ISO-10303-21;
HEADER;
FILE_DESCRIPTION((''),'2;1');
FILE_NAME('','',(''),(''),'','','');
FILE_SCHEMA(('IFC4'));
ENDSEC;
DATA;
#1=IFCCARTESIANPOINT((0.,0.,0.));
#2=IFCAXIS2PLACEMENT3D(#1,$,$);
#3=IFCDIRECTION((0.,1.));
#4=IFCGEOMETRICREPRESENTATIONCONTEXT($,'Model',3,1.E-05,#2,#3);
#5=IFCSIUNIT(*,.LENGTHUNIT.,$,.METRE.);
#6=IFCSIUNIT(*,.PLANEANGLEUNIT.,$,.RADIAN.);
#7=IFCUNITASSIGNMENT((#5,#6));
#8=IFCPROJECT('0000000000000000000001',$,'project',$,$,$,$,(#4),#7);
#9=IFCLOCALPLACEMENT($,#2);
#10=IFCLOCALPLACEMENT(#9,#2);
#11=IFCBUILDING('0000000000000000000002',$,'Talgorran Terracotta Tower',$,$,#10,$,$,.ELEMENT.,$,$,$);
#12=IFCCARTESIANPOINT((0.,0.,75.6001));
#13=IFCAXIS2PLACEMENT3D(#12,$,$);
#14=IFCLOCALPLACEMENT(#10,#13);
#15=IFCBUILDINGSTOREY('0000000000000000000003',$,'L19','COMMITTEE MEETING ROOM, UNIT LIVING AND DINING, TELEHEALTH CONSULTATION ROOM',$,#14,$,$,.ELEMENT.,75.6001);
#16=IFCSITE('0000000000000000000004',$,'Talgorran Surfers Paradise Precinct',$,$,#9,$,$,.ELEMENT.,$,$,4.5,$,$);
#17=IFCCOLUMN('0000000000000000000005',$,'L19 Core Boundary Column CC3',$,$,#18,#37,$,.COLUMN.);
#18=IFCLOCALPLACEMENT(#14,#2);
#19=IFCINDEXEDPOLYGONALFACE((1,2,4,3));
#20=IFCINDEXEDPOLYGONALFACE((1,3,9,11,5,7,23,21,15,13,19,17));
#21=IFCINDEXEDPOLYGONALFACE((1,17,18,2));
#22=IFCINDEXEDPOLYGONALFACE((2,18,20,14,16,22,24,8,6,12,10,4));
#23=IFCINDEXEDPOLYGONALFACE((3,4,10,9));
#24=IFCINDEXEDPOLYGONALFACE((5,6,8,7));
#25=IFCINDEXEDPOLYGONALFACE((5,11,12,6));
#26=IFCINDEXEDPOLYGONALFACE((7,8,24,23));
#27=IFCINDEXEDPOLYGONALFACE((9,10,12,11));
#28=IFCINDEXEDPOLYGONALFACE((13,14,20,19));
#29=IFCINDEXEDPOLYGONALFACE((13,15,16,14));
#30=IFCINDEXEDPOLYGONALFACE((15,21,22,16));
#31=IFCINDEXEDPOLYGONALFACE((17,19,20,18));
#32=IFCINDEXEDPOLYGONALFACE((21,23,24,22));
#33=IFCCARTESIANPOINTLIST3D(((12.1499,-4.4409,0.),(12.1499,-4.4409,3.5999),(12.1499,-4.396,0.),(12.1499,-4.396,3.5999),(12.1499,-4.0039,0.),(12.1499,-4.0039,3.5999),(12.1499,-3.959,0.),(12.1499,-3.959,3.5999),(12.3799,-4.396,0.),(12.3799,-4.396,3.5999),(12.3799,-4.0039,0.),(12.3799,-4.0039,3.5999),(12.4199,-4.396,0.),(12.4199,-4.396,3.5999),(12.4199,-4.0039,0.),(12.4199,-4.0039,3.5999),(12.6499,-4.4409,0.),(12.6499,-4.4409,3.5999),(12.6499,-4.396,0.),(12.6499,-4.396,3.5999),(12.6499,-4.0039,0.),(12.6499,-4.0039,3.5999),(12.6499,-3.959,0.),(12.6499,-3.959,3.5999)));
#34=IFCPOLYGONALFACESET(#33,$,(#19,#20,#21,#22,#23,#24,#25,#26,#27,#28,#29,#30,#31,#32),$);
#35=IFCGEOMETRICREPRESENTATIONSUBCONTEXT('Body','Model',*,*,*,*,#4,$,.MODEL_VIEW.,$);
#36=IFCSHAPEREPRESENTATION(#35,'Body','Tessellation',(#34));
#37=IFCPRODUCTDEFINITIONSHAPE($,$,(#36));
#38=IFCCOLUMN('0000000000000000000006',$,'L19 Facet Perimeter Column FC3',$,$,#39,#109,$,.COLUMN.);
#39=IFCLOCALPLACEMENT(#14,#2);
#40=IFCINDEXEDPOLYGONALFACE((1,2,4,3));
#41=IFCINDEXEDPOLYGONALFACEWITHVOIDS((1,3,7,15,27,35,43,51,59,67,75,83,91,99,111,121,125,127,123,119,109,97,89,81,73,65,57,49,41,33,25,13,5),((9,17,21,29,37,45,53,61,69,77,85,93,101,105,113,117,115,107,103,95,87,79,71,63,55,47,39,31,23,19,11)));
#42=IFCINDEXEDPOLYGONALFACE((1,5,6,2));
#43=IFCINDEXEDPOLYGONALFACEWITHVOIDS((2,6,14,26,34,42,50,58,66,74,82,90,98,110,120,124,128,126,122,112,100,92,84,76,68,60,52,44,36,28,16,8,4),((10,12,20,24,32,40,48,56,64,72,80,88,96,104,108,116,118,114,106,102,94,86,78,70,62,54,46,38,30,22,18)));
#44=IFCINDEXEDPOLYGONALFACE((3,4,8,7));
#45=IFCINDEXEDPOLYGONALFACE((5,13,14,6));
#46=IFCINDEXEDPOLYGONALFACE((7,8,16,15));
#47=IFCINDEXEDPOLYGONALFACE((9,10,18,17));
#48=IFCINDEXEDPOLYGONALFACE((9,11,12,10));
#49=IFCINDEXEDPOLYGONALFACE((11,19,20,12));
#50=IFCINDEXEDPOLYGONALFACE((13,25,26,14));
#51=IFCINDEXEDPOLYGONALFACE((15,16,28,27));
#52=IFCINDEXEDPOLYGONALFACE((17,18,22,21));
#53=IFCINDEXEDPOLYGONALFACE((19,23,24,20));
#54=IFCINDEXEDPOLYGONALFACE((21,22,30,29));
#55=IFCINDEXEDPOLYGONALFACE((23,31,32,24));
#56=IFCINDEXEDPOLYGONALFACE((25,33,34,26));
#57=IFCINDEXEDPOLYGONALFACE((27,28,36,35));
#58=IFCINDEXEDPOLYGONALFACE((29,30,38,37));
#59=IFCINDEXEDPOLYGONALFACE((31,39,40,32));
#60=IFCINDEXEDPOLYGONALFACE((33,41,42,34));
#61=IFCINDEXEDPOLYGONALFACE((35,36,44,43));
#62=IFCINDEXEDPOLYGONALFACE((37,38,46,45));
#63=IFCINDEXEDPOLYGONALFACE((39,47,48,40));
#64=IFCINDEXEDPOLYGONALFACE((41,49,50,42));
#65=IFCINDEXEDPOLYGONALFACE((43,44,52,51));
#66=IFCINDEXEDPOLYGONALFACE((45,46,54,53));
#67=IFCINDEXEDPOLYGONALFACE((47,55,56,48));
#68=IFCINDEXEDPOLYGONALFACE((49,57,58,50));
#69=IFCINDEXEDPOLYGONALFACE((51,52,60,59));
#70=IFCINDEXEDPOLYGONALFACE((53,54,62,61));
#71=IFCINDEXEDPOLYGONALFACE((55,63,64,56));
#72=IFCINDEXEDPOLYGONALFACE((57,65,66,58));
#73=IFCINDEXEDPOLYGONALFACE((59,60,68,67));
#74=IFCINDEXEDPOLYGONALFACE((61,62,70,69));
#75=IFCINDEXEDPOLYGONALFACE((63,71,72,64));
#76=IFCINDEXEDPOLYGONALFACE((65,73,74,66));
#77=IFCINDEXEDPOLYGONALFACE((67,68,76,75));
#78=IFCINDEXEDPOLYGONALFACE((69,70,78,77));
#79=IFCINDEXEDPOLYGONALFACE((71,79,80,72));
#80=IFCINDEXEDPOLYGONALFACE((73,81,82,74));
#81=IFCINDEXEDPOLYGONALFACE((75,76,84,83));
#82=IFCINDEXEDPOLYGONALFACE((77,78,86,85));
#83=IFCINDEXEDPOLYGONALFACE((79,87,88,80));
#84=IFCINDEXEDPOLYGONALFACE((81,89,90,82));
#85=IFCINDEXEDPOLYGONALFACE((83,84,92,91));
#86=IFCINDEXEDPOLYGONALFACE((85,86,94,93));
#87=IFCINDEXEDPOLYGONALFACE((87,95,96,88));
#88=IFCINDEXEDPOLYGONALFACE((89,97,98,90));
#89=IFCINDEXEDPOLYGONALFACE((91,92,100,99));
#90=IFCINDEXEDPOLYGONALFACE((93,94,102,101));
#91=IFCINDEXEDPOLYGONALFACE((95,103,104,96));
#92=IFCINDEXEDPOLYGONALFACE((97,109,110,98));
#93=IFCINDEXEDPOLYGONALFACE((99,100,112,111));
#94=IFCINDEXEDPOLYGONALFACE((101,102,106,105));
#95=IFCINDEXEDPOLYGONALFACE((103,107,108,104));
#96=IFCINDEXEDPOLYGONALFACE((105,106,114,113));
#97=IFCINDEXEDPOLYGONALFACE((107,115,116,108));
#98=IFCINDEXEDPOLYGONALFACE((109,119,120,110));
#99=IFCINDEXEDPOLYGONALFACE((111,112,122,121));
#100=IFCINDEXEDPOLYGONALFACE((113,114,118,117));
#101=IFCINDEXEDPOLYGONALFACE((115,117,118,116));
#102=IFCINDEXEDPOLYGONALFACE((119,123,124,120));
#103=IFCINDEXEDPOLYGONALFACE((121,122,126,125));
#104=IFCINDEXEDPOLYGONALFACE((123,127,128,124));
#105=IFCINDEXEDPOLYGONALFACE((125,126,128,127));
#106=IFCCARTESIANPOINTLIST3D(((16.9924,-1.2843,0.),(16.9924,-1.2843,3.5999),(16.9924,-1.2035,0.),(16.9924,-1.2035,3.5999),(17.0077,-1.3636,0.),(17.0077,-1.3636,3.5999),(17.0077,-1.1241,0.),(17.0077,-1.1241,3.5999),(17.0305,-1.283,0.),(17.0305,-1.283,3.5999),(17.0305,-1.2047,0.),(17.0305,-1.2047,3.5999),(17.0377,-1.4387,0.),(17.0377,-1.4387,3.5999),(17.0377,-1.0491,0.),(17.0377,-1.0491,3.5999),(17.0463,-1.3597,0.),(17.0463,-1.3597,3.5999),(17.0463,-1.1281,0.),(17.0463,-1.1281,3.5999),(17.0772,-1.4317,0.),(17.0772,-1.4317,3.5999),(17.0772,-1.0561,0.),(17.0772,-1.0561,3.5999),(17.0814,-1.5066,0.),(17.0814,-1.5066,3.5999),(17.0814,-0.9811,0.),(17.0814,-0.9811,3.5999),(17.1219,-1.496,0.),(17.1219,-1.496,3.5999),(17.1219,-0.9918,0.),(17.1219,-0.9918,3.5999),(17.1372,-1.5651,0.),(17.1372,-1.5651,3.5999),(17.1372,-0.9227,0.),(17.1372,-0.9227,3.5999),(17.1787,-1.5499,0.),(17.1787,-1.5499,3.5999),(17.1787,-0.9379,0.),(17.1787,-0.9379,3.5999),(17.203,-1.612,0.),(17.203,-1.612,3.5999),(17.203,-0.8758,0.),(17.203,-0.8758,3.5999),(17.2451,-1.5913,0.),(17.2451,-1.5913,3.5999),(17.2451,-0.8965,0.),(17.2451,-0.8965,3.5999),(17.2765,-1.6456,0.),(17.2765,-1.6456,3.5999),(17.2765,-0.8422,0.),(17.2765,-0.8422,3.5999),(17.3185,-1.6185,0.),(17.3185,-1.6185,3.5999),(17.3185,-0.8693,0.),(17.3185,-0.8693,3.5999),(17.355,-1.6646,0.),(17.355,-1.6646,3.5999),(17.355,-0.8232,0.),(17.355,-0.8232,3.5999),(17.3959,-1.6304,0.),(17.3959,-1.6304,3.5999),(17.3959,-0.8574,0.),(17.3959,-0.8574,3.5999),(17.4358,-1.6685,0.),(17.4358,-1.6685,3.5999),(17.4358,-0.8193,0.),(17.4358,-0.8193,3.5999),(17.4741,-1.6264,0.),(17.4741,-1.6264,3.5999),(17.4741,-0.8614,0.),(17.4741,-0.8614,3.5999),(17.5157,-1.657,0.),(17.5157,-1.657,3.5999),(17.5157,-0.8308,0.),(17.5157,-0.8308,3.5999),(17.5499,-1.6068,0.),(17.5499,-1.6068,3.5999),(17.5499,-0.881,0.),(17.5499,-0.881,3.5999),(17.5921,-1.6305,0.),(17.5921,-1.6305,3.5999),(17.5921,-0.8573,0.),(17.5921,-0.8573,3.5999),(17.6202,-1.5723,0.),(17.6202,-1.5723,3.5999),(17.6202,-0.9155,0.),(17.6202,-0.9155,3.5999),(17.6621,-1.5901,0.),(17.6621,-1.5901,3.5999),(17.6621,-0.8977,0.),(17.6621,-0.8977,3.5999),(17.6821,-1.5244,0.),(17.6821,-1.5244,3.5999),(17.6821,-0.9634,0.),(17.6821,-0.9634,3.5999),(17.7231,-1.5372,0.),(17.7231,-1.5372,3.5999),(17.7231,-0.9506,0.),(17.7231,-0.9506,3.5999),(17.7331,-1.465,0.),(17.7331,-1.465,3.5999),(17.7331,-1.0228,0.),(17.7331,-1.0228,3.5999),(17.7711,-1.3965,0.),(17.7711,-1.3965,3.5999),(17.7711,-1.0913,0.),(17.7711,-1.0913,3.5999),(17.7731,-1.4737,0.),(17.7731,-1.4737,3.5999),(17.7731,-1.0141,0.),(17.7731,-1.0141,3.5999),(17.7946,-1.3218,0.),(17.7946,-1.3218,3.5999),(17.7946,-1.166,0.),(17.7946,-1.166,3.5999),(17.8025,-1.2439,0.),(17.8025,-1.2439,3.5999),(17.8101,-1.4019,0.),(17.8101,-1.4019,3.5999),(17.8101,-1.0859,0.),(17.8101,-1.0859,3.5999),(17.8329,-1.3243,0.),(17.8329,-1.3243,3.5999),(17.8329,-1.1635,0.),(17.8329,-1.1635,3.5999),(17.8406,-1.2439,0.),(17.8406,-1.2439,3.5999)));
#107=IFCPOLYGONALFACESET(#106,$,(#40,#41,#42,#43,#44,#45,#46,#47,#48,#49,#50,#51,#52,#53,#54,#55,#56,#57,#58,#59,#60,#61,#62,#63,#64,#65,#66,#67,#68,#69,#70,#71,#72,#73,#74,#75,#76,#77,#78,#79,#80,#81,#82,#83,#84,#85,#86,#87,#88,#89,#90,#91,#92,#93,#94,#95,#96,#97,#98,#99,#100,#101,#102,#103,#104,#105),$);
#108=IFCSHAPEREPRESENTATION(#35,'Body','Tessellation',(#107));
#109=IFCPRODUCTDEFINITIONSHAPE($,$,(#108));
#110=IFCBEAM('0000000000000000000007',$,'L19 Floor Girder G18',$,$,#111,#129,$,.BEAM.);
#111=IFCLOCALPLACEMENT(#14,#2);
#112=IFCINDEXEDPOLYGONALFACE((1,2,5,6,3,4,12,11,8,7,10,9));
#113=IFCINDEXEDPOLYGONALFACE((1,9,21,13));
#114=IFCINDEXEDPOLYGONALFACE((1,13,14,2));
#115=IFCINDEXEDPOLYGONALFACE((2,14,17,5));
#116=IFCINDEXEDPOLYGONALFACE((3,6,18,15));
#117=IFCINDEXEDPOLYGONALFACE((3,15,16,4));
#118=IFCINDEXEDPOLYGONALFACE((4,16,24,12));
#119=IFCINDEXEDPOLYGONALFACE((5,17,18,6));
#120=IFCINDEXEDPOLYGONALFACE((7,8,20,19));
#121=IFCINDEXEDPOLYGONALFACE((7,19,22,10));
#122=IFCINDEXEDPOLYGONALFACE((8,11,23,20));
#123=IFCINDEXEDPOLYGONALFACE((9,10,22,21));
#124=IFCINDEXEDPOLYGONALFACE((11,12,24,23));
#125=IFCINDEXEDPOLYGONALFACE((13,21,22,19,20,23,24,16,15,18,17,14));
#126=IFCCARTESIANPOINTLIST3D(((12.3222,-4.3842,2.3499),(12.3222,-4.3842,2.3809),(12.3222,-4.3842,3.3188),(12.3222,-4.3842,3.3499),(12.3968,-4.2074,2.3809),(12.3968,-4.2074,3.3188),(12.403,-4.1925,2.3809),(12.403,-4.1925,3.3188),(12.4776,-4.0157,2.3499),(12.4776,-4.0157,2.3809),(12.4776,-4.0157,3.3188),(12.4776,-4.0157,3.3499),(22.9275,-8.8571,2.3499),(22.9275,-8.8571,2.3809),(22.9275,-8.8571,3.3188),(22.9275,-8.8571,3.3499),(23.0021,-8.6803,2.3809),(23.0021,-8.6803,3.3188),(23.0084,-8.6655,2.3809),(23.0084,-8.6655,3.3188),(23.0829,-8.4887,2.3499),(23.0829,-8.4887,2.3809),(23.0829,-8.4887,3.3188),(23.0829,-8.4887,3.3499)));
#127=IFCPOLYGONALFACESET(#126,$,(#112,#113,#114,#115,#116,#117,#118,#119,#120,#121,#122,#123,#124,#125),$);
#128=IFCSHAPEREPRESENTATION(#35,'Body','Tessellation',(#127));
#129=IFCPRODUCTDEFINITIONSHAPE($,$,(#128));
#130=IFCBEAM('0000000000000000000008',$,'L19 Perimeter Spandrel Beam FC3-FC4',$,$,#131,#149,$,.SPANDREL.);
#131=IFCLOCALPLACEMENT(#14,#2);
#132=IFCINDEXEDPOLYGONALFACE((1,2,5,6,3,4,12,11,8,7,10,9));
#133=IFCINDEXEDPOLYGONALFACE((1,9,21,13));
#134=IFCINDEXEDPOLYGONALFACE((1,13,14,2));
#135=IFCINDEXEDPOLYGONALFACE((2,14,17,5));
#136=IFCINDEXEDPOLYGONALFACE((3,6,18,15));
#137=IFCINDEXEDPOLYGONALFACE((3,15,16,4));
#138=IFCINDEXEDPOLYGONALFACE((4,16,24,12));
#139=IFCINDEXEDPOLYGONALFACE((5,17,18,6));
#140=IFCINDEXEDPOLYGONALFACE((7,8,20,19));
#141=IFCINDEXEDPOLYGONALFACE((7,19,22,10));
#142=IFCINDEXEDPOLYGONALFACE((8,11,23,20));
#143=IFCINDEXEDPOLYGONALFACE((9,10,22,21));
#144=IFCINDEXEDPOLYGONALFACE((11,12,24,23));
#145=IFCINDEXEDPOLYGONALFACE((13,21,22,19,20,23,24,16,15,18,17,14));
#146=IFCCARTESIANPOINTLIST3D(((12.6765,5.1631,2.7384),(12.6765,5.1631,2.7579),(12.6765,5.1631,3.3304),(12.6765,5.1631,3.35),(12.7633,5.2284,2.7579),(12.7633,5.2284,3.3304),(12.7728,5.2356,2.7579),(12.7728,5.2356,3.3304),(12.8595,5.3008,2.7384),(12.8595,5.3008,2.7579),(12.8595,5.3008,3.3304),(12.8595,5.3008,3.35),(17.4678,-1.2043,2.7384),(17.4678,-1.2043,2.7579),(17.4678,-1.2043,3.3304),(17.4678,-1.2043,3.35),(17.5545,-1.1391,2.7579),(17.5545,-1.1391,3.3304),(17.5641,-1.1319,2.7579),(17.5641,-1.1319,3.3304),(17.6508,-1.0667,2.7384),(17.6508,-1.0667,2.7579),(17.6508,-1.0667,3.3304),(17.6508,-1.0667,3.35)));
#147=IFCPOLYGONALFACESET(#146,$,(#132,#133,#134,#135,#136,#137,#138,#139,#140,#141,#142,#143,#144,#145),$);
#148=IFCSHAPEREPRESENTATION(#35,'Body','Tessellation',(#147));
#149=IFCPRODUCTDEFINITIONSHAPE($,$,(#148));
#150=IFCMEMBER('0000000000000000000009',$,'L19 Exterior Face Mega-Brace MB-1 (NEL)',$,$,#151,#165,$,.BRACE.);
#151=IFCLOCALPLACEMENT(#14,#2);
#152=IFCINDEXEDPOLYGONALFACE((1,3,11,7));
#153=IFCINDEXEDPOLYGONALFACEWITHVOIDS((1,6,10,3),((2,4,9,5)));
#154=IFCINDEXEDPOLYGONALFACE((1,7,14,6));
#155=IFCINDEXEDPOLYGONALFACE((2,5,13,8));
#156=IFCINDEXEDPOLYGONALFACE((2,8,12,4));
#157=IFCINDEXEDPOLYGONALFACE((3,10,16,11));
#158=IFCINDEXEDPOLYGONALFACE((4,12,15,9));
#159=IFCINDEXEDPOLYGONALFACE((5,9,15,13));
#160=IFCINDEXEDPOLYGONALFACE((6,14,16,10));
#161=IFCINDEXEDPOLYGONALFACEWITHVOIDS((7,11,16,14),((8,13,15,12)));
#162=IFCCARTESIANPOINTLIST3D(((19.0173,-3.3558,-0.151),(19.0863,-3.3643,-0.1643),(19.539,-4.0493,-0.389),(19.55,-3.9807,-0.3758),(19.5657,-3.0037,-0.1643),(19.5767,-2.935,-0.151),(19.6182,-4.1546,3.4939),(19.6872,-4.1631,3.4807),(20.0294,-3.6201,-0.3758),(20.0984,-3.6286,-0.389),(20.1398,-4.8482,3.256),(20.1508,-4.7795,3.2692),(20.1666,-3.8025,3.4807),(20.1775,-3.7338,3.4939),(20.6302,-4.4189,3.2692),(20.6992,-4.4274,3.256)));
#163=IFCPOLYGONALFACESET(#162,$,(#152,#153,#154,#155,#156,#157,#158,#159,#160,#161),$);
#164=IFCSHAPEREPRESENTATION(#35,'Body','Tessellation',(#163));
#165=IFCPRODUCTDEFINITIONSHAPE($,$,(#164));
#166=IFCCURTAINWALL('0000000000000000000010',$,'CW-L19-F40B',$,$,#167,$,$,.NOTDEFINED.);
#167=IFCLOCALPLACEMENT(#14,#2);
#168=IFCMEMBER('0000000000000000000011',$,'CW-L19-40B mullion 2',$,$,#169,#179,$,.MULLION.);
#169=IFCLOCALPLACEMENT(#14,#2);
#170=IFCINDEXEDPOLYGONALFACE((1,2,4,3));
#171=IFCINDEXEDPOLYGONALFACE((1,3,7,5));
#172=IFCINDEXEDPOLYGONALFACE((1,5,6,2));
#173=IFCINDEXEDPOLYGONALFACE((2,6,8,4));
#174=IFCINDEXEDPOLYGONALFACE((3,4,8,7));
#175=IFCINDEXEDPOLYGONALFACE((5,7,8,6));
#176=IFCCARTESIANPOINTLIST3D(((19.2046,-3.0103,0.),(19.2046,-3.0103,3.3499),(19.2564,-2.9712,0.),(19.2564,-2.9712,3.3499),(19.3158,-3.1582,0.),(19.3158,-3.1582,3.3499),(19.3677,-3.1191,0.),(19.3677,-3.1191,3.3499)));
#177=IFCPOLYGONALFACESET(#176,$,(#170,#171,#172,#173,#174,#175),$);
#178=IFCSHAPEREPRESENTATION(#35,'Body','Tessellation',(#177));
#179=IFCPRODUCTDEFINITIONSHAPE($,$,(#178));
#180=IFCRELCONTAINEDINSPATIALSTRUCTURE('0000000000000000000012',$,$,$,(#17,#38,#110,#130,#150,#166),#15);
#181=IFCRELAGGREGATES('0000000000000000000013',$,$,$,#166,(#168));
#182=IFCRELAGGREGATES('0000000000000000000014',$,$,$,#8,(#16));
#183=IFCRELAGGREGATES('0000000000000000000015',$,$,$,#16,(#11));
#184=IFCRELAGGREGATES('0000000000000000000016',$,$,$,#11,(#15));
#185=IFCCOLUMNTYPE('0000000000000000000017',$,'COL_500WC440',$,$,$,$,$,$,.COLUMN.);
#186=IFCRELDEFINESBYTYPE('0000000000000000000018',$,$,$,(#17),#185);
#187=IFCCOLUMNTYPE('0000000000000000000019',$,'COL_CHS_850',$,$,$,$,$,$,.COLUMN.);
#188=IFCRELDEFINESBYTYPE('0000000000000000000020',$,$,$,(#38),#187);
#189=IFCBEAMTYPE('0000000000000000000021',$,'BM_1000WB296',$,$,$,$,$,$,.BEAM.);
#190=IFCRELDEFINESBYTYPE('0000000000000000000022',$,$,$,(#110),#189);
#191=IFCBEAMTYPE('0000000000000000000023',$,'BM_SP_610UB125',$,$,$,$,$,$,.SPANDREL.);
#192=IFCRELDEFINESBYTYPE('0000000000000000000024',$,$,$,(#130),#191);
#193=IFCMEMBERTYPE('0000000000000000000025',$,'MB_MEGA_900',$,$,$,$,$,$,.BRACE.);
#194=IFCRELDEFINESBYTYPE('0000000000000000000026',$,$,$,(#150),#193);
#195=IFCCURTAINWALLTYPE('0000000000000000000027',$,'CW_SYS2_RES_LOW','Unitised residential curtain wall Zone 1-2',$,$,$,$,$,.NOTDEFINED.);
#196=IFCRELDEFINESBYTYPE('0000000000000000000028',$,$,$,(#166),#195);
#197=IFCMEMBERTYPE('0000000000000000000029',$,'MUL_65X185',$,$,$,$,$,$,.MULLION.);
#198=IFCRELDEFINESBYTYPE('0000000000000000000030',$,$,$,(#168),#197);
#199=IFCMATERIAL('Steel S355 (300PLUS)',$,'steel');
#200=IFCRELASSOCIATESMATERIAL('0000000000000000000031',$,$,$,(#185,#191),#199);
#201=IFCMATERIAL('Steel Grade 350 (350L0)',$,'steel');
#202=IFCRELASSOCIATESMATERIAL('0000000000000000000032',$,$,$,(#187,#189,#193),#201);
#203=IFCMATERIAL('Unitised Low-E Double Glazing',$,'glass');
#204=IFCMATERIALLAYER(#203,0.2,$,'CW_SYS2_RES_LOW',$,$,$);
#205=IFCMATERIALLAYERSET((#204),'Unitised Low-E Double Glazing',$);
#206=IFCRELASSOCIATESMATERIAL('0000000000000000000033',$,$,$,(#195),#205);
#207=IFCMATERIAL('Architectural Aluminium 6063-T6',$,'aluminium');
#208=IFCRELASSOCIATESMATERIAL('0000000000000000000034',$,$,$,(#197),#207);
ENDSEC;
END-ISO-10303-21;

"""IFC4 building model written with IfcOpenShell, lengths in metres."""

from ifc_helpers import new_model, si_unit, direction, frame, origin, origin_2d, place, context, subcontext, project, spatial, rectangle, hollow_rectangle, hollow_circle, i_section, extrude, material, layer, layer_set, material_profile, profile_set, type_object, element, aggregate, save


model = new_model("IFC4")

# Units and contexts
model_context = context("Model", 3, precision=1e-05, world=origin(), true_north=direction((0.0, 1.0)))
body_context = subcontext(model_context, "Body", "Model", "MODEL_VIEW")
ifc_project = project(units=[si_unit("LENGTHUNIT", "METRE"), si_unit("PLANEANGLEUNIT", "RADIAN")], contexts=[model_context])

# Site, building, storey
site_placement = place(None, origin())
site = spatial("IfcSite", under=ifc_project, at=site_placement, Name="Talgorran Surfers Paradise Precinct", CompositionType="ELEMENT", RefElevation=4.5)
building_placement = place(site_placement, origin())
building = spatial("IfcBuilding", under=site, at=building_placement, Name="Talgorran Terracotta Tower", CompositionType="ELEMENT")
storey_placement = place(building_placement, frame((0.0, 0.0, 75.6001)))
storey = spatial("IfcBuildingStorey", under=building, at=storey_placement, Name="L19", Description="COMMITTEE MEETING ROOM, UNIT LIVING AND DINING, TELEHEALTH CONSULTATION ROOM", CompositionType="ELEMENT", Elevation=75.6001)

# Columns
ifc_material_1 = material(Name="Steel S355 (300PLUS)", Category="steel")
ifc_material_profile_1 = material_profile(ifc_material_1, i_section(OverallWidth=0.5, OverallDepth=0.4819, WebThickness=0.04, FlangeThickness=0.0449, at=origin_2d()), Name="500WC440")
ifc_profile_set_1 = profile_set([ifc_material_profile_1], Name="Steel S355 (300PLUS)")
column_type_1 = type_object("IfcColumnType", Name="COL_500WC440", PredefinedType="COLUMN", material=ifc_profile_set_1)
column_1_placement = place(storey_placement, frame((12.3999, -4.2, 0.0), z_axis=(0.0, 0.0, 1.0), x_axis=(1.0, 0.0, 0.0)))
element("IfcColumn", 1, at=column_1_placement, inside=storey, type_object=column_type_1, Name="L19 Core Boundary Column CC3", PredefinedType="COLUMN", context=body_context, shape_type="SweptSolid", body=[
    extrude(i_section(OverallWidth=0.5, OverallDepth=0.4819, WebThickness=0.04, FlangeThickness=0.0449, at=origin_2d()), origin(), (0.0, 0.0, 1.0), 3.5999),
])
ifc_material_2 = material(Name="Steel Grade 350 (350L0)", Category="steel")
ifc_material_profile_2 = material_profile(ifc_material_2, hollow_circle(Radius=0.425, WallThickness=0.0381, at=origin_2d()), Name="CHS850X38")
ifc_profile_set_2 = profile_set([ifc_material_profile_2], Name="Steel Grade 350 (350L0)")
column_type_2 = type_object("IfcColumnType", Name="COL_CHS_850", PredefinedType="COLUMN", material=ifc_profile_set_2)
column_2_placement = place(storey_placement, frame((17.4155, -1.2439, 0.0), z_axis=(0.0, 0.0, 1.0), x_axis=(1.0, 0.0, 0.0)))
element("IfcColumn", 2, at=column_2_placement, inside=storey, type_object=column_type_2, Name="L19 Facet Perimeter Column FC3", PredefinedType="COLUMN", context=body_context, shape_type="SweptSolid", body=[
    extrude(hollow_circle(Radius=0.425, WallThickness=0.0381, at=origin_2d()), origin(), (0.0, 0.0, 1.0), 3.5999),
])

# Beams
ifc_material_profile_3 = material_profile(ifc_material_2, i_section(OverallWidth=0.3999, OverallDepth=1.0, WebThickness=0.0161, FlangeThickness=0.031, at=origin_2d()), Name="1000WB296")
ifc_profile_set_3 = profile_set([ifc_material_profile_3], Name="Steel Grade 350 (350L0)")
beam_type_1 = type_object("IfcBeamType", Name="BM_1000WB296", PredefinedType="BEAM", material=ifc_profile_set_3)
beam_1_placement = place(storey_placement, frame((12.3999, -4.2, 2.8499), z_axis=(0.921401, -0.388614, 0.0), x_axis=(0.388614, 0.921401, 0.0)))
element("IfcBeam", 3, at=beam_1_placement, inside=storey, type_object=beam_type_1, Name="L19 Floor Girder G18", PredefinedType="BEAM", context=body_context, shape_type="SweptSolid", body=[
    extrude(i_section(OverallWidth=0.3999, OverallDepth=1.0, WebThickness=0.0161, FlangeThickness=0.031, at=origin_2d()), origin(), (0.0, 0.0, 1.0), 11.51),
])
ifc_material_profile_4 = material_profile(ifc_material_1, i_section(OverallWidth=0.229, OverallDepth=0.6116, WebThickness=0.012, FlangeThickness=0.0195, at=origin_2d()), Name="610UB125")
ifc_profile_set_4 = profile_set([ifc_material_profile_4], Name="Steel S355 (300PLUS)")
beam_type_2 = type_object("IfcBeamType", Name="BM_SP_610UB125", PredefinedType="SPANDREL", material=ifc_profile_set_4)
beam_2_placement = place(storey_placement, frame((17.5593, -1.1355, 3.0442), z_axis=(-0.601259, 0.799054, 0.0), x_axis=(-0.799054, -0.601259, 0.0)))
element("IfcBeam", 4, at=beam_2_placement, inside=storey, type_object=beam_type_2, Name="L19 Perimeter Spandrel Beam FC3-FC4", PredefinedType="SPANDREL", context=body_context, shape_type="SweptSolid", body=[
    extrude(i_section(OverallWidth=0.229, OverallDepth=0.6116, WebThickness=0.012, FlangeThickness=0.0195, at=origin_2d()), origin(), (0.0, 0.0, 1.0), 7.9688),
])

# Member
ifc_material_profile_5 = material_profile(ifc_material_2, hollow_rectangle(XDim=0.7, YDim=0.8999, WallThickness=0.05, at=origin_2d()), Name="WBOX900X700X50")
ifc_profile_set_5 = profile_set([ifc_material_profile_5], Name="Steel Grade 350 (350L0)")
member_type_1 = type_object("IfcMemberType", Name="MB_MEGA_900", PredefinedType="BRACE", material=ifc_profile_set_5)
member_1_placement = place(storey_placement, frame((19.5579, -3.4922, -0.27), z_axis=(0.158967, -0.211353, 0.964396), x_axis=(0.799179, 0.601094, 0.0)))
element("IfcMember", 5, at=member_1_placement, inside=storey, type_object=member_type_1, Name="L19 Exterior Face Mega-Brace MB-1 (NEL)", PredefinedType="BRACE", context=body_context, shape_type="SweptSolid", body=[
    extrude(hollow_rectangle(XDim=0.7, YDim=0.8999, WallThickness=0.05, at=origin_2d()), origin(), (0.0, 0.0, 1.0), 3.7795),
])

# Curtain wall, member
ifc_material_3 = material(Name="Unitised Low-E Double Glazing", Category="glass")
ifc_layer_1 = layer(ifc_material_3, 0.2, Name="CW_SYS2_RES_LOW")
ifc_layer_set_1 = layer_set([ifc_layer_1], Name="Unitised Low-E Double Glazing")
curtain_wall_type = type_object("IfcCurtainWallType", Name="CW_SYS2_RES_LOW", Description="Unitised residential curtain wall Zone 1-2", PredefinedType="NOTDEFINED", material=ifc_layer_set_1)
curtain_wall_1_placement = place(storey_placement, origin())
curtain_wall_1 = element("IfcCurtainWall", 6, at=curtain_wall_1_placement, inside=storey, type_object=curtain_wall_type, Name="CW-L19-F40B", PredefinedType="NOTDEFINED")
ifc_material_4 = material(Name="Architectural Aluminium 6063-T6", Category="aluminium")
ifc_material_profile_6 = material_profile(ifc_material_4, rectangle(XDim=0.0649, YDim=0.1851, at=origin_2d()), Name="CWM65X185")
ifc_profile_set_6 = profile_set([ifc_material_profile_6], Name="Architectural Aluminium 6063-T6")
member_type_2 = type_object("IfcMemberType", Name="MUL_65X185", PredefinedType="MULLION", material=ifc_profile_set_6)
member_2_placement = place(storey_placement, frame((19.2861, -3.0647, 0.0), z_axis=(0.0, 0.0, 1.0), x_axis=(-0.799063, -0.601247, 0.0)))
member_2 = element("IfcMember", 7, at=member_2_placement, type_object=member_type_2, Name="CW-L19-40B mullion 2", PredefinedType="MULLION", context=body_context, shape_type="SweptSolid", body=[
    extrude(rectangle(XDim=0.0649, YDim=0.1851, at=origin_2d()), origin(), (0.0, 0.0, 1.0), 3.3499),
])

aggregate(curtain_wall_1, [member_2])

save(model, "model.ifc")
